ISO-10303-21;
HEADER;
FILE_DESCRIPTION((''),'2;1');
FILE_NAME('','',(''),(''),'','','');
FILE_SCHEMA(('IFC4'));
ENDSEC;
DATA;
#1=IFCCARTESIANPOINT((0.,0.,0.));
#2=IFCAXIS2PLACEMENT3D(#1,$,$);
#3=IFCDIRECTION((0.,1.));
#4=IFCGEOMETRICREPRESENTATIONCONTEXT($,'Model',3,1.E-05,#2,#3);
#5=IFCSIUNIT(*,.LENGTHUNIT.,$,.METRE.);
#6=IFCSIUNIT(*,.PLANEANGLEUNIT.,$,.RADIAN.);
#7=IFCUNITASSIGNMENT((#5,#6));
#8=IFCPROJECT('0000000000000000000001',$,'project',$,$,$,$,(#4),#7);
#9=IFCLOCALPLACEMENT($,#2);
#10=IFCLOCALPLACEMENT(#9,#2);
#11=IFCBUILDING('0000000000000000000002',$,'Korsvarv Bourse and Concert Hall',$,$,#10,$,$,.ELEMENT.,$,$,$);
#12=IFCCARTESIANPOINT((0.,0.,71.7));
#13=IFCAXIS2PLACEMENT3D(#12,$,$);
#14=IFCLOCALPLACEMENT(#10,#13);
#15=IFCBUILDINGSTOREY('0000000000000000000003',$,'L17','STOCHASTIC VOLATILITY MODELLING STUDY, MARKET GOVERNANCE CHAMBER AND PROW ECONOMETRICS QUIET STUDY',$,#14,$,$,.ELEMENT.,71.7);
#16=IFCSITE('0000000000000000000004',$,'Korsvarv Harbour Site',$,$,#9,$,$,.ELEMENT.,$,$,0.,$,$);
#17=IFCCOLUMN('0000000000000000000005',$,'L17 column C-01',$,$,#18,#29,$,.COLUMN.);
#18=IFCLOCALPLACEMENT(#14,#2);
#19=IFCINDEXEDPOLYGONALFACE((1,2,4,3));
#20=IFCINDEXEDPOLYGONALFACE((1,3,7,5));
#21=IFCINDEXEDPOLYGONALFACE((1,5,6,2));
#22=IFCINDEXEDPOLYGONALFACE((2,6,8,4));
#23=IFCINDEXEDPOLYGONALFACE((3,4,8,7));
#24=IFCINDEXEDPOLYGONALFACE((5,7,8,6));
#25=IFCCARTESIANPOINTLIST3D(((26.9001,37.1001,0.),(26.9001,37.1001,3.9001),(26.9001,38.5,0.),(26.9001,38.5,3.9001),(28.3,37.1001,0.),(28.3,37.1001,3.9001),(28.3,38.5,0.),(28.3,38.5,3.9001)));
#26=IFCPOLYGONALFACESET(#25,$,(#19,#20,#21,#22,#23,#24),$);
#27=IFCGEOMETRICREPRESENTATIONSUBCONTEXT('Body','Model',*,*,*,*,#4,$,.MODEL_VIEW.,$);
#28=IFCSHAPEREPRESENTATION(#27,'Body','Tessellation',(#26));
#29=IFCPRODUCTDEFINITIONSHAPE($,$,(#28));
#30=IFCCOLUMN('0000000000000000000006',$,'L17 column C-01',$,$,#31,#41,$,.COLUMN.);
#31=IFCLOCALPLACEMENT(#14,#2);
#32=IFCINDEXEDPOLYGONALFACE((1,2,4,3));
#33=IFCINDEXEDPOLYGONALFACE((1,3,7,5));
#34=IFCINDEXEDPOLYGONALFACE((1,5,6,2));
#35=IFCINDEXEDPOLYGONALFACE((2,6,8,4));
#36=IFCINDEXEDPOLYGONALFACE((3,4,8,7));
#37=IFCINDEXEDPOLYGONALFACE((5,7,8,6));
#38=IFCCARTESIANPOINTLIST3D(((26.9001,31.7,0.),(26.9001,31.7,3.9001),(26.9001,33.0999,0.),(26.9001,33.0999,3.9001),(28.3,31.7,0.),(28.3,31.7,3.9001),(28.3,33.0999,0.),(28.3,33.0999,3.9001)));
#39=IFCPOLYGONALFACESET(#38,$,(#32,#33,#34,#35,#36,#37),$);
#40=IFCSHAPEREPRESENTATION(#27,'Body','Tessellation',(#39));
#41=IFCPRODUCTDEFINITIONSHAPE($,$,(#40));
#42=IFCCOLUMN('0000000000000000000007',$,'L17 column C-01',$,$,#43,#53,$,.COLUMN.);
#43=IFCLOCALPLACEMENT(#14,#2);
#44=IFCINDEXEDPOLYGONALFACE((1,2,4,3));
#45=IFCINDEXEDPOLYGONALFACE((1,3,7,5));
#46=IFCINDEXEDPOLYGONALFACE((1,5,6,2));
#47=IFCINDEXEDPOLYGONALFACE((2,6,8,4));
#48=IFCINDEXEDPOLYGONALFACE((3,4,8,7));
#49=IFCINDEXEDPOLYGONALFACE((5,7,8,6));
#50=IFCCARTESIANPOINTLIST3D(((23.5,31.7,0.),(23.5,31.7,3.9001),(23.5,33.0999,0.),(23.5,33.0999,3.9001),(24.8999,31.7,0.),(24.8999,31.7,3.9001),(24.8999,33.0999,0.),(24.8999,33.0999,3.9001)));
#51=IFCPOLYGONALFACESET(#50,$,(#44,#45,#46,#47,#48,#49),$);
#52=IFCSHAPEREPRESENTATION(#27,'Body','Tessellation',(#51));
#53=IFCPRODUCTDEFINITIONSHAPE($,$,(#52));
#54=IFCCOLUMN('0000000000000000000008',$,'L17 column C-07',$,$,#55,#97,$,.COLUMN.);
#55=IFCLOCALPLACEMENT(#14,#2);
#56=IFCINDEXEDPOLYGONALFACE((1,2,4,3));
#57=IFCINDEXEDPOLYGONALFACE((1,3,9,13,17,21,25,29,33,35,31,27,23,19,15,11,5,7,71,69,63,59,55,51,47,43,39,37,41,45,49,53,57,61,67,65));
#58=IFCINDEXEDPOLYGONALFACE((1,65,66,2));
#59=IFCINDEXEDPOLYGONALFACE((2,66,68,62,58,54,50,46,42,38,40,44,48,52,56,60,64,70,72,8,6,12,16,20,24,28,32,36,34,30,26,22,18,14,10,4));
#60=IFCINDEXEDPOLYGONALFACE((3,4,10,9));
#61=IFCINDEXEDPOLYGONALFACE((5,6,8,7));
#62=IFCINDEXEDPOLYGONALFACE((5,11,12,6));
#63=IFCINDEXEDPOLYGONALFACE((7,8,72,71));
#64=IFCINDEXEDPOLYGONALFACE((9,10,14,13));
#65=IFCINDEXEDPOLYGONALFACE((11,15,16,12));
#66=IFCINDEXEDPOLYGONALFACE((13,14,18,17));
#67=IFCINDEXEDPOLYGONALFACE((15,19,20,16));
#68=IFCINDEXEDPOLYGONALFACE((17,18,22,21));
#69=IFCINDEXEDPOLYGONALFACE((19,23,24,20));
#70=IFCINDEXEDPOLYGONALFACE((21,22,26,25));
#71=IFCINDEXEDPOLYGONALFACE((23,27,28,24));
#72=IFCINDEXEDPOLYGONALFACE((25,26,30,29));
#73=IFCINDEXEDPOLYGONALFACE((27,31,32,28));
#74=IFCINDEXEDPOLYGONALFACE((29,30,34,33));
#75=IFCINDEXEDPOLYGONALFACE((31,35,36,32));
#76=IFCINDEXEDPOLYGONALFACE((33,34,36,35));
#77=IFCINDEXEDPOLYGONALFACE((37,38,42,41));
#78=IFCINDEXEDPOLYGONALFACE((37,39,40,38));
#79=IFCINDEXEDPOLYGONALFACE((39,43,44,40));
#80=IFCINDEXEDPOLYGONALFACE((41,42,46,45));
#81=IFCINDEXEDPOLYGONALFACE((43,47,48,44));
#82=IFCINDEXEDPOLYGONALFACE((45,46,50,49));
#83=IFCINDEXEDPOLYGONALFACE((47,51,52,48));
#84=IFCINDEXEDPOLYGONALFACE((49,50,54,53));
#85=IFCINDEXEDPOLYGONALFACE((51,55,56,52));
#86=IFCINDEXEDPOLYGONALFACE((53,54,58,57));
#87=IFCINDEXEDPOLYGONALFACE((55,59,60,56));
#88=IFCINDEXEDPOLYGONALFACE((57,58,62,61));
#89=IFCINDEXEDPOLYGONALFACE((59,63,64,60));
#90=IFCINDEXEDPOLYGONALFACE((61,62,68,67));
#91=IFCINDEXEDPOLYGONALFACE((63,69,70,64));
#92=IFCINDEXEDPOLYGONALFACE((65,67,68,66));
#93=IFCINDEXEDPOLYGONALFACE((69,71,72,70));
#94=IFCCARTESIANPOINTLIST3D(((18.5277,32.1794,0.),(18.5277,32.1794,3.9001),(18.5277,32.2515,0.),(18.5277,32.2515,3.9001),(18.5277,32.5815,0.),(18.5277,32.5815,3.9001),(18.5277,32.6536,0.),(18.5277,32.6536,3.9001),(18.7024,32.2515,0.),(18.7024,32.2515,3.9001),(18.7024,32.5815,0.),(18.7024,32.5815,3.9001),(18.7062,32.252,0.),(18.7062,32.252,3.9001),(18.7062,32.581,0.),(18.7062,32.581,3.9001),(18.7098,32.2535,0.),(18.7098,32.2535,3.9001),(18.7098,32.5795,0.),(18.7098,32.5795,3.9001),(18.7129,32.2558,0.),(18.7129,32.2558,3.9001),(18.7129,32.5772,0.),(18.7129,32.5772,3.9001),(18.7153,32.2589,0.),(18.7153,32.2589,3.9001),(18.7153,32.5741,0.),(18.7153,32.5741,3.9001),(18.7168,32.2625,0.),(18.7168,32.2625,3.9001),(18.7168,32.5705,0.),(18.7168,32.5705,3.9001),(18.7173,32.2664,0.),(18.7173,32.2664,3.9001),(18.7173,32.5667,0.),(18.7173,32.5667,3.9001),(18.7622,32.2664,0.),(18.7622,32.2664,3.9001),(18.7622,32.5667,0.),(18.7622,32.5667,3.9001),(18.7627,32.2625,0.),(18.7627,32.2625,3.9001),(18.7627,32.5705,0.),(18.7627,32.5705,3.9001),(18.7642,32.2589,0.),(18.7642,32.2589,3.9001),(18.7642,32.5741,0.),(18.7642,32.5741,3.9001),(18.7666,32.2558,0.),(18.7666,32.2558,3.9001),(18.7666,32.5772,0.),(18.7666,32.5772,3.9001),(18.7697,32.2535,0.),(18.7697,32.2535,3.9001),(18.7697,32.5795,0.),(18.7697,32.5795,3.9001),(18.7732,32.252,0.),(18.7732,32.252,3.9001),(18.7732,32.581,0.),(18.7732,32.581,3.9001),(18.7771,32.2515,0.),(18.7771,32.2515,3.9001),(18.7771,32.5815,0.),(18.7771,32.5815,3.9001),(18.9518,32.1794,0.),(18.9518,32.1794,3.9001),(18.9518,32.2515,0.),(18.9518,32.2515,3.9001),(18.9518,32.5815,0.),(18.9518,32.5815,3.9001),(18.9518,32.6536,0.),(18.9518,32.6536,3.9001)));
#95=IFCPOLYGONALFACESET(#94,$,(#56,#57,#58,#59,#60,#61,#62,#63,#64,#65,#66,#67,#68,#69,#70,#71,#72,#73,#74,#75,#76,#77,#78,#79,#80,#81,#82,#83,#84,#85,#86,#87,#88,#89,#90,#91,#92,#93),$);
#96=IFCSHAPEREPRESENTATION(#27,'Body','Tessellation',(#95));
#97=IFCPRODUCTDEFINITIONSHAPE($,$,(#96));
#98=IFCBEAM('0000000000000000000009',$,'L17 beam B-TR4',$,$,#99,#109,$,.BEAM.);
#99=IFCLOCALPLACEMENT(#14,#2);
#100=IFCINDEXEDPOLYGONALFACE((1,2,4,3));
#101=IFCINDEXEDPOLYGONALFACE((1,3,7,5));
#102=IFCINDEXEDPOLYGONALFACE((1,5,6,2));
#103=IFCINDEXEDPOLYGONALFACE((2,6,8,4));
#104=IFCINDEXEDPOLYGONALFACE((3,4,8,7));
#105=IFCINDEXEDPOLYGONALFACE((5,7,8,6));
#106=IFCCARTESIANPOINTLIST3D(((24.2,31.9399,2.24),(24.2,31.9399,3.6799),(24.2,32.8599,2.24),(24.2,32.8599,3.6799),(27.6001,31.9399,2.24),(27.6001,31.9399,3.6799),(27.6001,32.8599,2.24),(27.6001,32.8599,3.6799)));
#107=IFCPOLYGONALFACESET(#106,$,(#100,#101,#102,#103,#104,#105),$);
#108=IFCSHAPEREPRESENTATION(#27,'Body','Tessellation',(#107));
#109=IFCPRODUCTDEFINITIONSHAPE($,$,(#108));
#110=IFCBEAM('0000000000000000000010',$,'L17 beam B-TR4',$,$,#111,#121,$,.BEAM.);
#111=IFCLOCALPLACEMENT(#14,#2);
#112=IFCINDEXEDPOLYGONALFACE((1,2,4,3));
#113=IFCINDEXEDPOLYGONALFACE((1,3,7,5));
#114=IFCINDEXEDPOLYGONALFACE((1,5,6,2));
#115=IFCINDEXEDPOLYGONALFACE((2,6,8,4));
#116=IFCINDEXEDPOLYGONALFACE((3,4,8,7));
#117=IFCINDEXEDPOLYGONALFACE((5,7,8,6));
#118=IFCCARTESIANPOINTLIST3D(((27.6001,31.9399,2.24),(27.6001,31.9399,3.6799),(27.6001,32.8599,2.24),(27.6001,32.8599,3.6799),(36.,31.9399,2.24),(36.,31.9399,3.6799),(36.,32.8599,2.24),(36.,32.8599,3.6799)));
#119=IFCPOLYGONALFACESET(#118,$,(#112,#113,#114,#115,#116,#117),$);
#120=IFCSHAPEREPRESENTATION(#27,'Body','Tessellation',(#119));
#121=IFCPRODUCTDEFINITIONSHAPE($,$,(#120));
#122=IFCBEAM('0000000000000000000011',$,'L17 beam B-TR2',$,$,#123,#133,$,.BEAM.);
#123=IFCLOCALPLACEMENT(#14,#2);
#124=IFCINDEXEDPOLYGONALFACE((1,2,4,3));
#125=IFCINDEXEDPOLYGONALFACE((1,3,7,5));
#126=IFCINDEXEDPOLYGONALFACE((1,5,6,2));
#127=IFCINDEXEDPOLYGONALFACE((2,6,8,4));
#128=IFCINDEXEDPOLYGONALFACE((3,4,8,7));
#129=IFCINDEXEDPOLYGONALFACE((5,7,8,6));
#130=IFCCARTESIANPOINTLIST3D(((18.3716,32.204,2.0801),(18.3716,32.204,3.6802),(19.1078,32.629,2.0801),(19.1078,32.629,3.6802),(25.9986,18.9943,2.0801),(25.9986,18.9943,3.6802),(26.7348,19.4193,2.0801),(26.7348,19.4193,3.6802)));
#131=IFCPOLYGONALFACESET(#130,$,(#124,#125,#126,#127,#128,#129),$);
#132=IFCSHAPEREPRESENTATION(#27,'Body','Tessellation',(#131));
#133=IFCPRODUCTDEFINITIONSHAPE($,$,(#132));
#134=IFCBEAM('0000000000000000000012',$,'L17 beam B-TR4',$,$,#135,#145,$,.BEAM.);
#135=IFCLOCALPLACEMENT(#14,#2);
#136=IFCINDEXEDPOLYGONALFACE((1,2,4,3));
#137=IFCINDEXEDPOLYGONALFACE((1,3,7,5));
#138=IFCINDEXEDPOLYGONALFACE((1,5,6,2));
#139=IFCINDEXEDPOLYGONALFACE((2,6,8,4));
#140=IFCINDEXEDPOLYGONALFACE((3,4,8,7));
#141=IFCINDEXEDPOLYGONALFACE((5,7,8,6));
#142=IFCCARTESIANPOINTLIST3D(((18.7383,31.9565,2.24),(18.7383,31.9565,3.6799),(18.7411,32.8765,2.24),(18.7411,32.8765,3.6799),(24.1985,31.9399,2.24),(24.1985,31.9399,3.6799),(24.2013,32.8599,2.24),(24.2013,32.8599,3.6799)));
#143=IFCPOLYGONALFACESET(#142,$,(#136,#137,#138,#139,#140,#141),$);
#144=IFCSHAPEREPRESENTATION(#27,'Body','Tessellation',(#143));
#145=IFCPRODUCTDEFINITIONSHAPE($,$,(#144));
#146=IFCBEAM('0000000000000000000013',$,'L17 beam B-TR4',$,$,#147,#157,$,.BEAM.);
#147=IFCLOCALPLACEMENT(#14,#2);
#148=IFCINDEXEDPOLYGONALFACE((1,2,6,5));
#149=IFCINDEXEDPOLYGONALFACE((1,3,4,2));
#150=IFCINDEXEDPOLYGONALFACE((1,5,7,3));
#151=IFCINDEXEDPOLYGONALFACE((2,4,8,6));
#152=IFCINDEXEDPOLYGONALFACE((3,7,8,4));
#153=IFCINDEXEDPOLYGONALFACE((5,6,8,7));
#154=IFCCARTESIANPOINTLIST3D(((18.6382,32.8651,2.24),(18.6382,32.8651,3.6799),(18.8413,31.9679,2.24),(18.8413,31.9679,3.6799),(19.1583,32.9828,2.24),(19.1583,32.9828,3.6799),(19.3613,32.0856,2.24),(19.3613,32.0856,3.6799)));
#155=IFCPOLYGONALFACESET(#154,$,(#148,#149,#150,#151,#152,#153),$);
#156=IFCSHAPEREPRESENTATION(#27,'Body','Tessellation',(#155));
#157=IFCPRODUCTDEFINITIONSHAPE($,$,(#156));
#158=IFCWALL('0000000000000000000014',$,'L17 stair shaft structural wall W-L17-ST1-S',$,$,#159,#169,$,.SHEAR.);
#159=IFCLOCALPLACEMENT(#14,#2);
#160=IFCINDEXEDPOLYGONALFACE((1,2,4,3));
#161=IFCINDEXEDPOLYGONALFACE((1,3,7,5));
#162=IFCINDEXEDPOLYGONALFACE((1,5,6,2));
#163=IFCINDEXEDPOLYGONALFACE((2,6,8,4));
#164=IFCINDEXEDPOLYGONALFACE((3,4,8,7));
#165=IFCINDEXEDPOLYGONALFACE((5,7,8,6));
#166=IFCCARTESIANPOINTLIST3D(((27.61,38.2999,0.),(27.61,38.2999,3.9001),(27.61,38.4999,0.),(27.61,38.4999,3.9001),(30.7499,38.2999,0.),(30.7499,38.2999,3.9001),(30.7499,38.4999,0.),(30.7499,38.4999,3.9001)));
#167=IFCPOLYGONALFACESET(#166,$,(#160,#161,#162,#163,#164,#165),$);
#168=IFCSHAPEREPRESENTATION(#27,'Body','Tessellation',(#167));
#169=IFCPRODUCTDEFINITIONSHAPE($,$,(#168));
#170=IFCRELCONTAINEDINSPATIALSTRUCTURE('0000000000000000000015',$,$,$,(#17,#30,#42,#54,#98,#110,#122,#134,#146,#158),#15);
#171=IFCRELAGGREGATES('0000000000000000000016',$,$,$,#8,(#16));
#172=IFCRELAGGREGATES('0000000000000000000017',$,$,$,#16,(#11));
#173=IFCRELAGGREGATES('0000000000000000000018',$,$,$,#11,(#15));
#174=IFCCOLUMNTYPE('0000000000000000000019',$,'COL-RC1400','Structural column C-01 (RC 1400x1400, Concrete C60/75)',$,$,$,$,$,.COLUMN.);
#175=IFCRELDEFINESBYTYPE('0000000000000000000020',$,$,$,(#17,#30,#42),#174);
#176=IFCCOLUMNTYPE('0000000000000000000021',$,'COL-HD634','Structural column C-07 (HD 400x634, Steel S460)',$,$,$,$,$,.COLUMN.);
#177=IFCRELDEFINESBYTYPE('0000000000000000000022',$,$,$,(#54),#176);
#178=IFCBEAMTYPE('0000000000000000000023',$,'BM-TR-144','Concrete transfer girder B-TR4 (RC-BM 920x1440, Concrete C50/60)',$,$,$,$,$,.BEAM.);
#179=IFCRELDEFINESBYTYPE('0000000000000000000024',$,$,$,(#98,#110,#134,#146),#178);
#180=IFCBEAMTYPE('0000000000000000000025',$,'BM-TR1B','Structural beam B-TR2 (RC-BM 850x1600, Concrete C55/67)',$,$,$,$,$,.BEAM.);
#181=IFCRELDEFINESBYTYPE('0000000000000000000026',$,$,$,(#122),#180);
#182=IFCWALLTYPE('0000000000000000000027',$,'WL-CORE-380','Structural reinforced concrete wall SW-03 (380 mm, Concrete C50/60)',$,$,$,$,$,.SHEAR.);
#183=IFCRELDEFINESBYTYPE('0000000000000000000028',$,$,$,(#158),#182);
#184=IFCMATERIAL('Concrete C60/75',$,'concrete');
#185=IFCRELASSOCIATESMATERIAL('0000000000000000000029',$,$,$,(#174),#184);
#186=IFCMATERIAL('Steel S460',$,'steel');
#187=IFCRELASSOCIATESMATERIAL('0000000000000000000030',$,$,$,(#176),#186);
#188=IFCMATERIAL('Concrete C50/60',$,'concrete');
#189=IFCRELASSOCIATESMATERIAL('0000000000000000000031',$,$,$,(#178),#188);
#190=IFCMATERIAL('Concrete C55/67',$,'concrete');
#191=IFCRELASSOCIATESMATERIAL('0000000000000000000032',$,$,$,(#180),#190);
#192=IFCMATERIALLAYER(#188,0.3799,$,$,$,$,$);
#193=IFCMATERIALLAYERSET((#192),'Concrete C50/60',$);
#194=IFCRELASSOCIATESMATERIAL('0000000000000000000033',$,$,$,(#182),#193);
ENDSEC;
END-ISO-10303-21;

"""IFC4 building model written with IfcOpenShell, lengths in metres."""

from ifc_helpers import new_model, si_unit, direction, frame, frame_2d, origin, origin_2d, place, context, subcontext, project, spatial, rectangle, i_section, extrude, source, transform, mapped, material, layer, layer_set, material_profile, profile_set, type_object, element, save


model = new_model("IFC4")

# Units and contexts
model_context = context("Model", 3, precision=1e-05, world=origin(), true_north=direction((0.0, 1.0)))
body_context = subcontext(model_context, "Body", "Model", "MODEL_VIEW")
ifc_project = project(units=[si_unit("LENGTHUNIT", "METRE"), si_unit("PLANEANGLEUNIT", "RADIAN")], contexts=[model_context])

# Site, building, storey
site_placement = place(None, origin())
site = spatial("IfcSite", under=ifc_project, at=site_placement, Name="Korsvarv Harbour Site", CompositionType="ELEMENT", RefElevation=0.0)
building_placement = place(site_placement, origin())
building = spatial("IfcBuilding", under=site, at=building_placement, Name="Korsvarv Bourse and Concert Hall", CompositionType="ELEMENT")
storey_placement = place(building_placement, frame((0.0, 0.0, 71.7)))
storey = spatial("IfcBuildingStorey", under=building, at=storey_placement, Name="L17", Description="STOCHASTIC VOLATILITY MODELLING STUDY, MARKET GOVERNANCE CHAMBER AND PROW ECONOMETRICS QUIET STUDY", CompositionType="ELEMENT", Elevation=71.7)

# Columns
ifc_material_1 = material(Name="Concrete C60/75", Category="concrete")
ifc_material_profile_1 = material_profile(ifc_material_1, rectangle(XDim=1.3999, YDim=1.3999, at=origin_2d()), Name="RC 1400x1400")
ifc_profile_set_1 = profile_set([ifc_material_profile_1], Name="Concrete C60/75")
column_type_1 = type_object("IfcColumnType", Name="COL-RC1400", Description="Structural column C-01 (RC 1400x1400, Concrete C60/75)", PredefinedType="COLUMN", material=ifc_profile_set_1)
shared_shape_1 = source(origin(), body_context, "Body", "SweptSolid", [
    extrude(rectangle(XDim=1.3999, YDim=1.3999, at=origin_2d()), origin(), (0.0, 0.0, 1.0), 3.9001),
])
for number, where, z_axis, x_axis, name in (
    (1, (27.6001, 37.8, 0.0), (0.0, 0.0, 1.0), (1.0, 0.0, 0.0), "L17 column C-01"),
    (2, (27.6001, 32.3999, 0.0), (0.0, 0.0, 1.0), (1.0, 0.0, 0.0), "L17 column C-01"),
    (3, (24.2, 32.3999, 0.0), (0.0, 0.0, 1.0), (1.0, 0.0, 0.0), "L17 column C-01"),
):
    element("IfcColumn", number, at=place(storey_placement, frame(where, z_axis=z_axis, x_axis=x_axis)), inside=storey, type_object=column_type_1, Name=name, PredefinedType="COLUMN", context=body_context, shape_type="MappedRepresentation", body=[
        mapped(shared_shape_1, transform((0.0, 0.0, 0.0), scale=1.0)),
    ])
ifc_material_2 = material(Name="Steel S460", Category="steel")
ifc_material_profile_2 = material_profile(ifc_material_2, i_section(OverallWidth=0.4241, OverallDepth=0.4741, WebThickness=0.0449, FlangeThickness=0.072, FilletRadius=0.0149, at=origin_2d()), Name="HD 400x634")
ifc_profile_set_2 = profile_set([ifc_material_profile_2], Name="Steel S460")
column_type_2 = type_object("IfcColumnType", Name="COL-HD634", Description="Structural column C-07 (HD 400x634, Steel S460)", PredefinedType="COLUMN", material=ifc_profile_set_2)
shared_shape_2 = source(origin(), body_context, "Body", "SweptSolid", [
    extrude(i_section(OverallWidth=0.4241, OverallDepth=0.4741, WebThickness=0.0449, FlangeThickness=0.072, FilletRadius=0.0149, at=origin_2d()), origin(), (0.0, 0.0, 1.0), 3.9001),
])
column_placement = place(storey_placement, frame((18.7397, 32.4165, 0.0), z_axis=(0.0, 0.0, 1.0), x_axis=(1.0, 0.0, 0.0)))
element("IfcColumn", 4, at=column_placement, inside=storey, type_object=column_type_2, Name="L17 column C-07", PredefinedType="COLUMN", context=body_context, shape_type="MappedRepresentation", body=[
    mapped(shared_shape_2, transform((0.0, 0.0, 0.0), scale=1.0)),
])

# Beams
ifc_material_3 = material(Name="Concrete C50/60", Category="concrete")
ifc_material_profile_3 = material_profile(ifc_material_3, rectangle(XDim=0.9199, YDim=1.4399, at=origin_2d()), Name="RC-BM 920x1440")
ifc_profile_set_3 = profile_set([ifc_material_profile_3], Name="Concrete C50/60")
beam_type_1 = type_object("IfcBeamType", Name="BM-TR-144", Description="Concrete transfer girder B-TR4 (RC-BM 920x1440, Concrete C50/60)", PredefinedType="BEAM", material=ifc_profile_set_3)
shared_shape_3 = source(origin(), body_context, "Body", "SweptSolid", [
    extrude(rectangle(XDim=0.9199, YDim=1.4399, at=origin_2d()), origin(), (0.0, 0.0, 1.0), 3.4001),
])
beam_1_placement = place(storey_placement, frame((24.2, 32.3999, 2.96), z_axis=(1.0, 0.0, 0.0), x_axis=(0.0, 1.0, 0.0)))
element("IfcBeam", 5, at=beam_1_placement, inside=storey, type_object=beam_type_1, Name="L17 beam B-TR4", PredefinedType="BEAM", context=body_context, shape_type="MappedRepresentation", body=[
    mapped(shared_shape_3, transform((0.0, 0.0, 0.0), scale=1.0)),
])
shared_shape_4 = source(origin(), body_context, "Body", "SweptSolid", [
    extrude(rectangle(XDim=0.9199, YDim=1.4399, at=origin_2d()), origin(), (0.0, 0.0, 1.0), 8.3999),
])
beam_2_placement = place(storey_placement, frame((27.6001, 32.3999, 2.96), z_axis=(1.0, 0.0, 0.0), x_axis=(0.0, 1.0, 0.0)))
element("IfcBeam", 6, at=beam_2_placement, inside=storey, type_object=beam_type_1, Name="L17 beam B-TR4", PredefinedType="BEAM", context=body_context, shape_type="MappedRepresentation", body=[
    mapped(shared_shape_4, transform((0.0, 0.0, 0.0), scale=1.0)),
])
ifc_material_4 = material(Name="Concrete C55/67", Category="concrete")
ifc_material_profile_4 = material_profile(ifc_material_4, rectangle(XDim=0.8501, YDim=1.6001, at=origin_2d()), Name="RC-BM 850x1600")
ifc_profile_set_4 = profile_set([ifc_material_profile_4], Name="Concrete C55/67")
beam_type_2 = type_object("IfcBeamType", Name="BM-TR1B", Description="Structural beam B-TR2 (RC-BM 850x1600, Concrete C55/67)", PredefinedType="BEAM", material=ifc_profile_set_4)
shared_shape_5 = source(origin(), body_context, "Body", "SweptSolid", [
    extrude(rectangle(XDim=0.8501, YDim=1.6001, at=origin_2d()), origin(), (0.0, 0.0, 1.0), 15.2534),
])
beam_3_placement = place(storey_placement, frame((18.7397, 32.4165, 2.8801), z_axis=(0.500016, -0.866016, 0.0), x_axis=(0.866016, 0.500016, 0.0)))
element("IfcBeam", 7, at=beam_3_placement, inside=storey, type_object=beam_type_2, Name="L17 beam B-TR2", PredefinedType="BEAM", context=body_context, shape_type="MappedRepresentation", body=[
    mapped(shared_shape_5, transform((0.0, 0.0, 0.0), scale=1.0)),
])
shared_shape_6 = source(origin(), body_context, "Body", "SweptSolid", [
    extrude(rectangle(XDim=0.9199, YDim=1.4399, at=origin_2d()), origin(), (0.0, 0.0, 1.0), 5.4602),
])
beam_4_placement = place(storey_placement, frame((18.7397, 32.4165, 2.96), z_axis=(0.999995, -0.00304, 0.0), x_axis=(0.00304, 0.999995, 0.0)))
element("IfcBeam", 8, at=beam_4_placement, inside=storey, type_object=beam_type_1, Name="L17 beam B-TR4", PredefinedType="BEAM", context=body_context, shape_type="MappedRepresentation", body=[
    mapped(shared_shape_6, transform((0.0, 0.0, 0.0), scale=1.0)),
])
shared_shape_7 = source(origin(), body_context, "Body", "SweptSolid", [
    extrude(rectangle(XDim=0.9199, YDim=1.4399, at=origin_2d()), origin(), (0.0, 0.0, 1.0), 0.5332),
])
beam_5_placement = place(storey_placement, frame((18.7397, 32.4165, 2.96), z_axis=(0.975339, 0.220711, 0.0), x_axis=(-0.220711, 0.975339, 0.0)))
element("IfcBeam", 9, at=beam_5_placement, inside=storey, type_object=beam_type_1, Name="L17 beam B-TR4", PredefinedType="BEAM", context=body_context, shape_type="MappedRepresentation", body=[
    mapped(shared_shape_7, transform((0.0, 0.0, 0.0), scale=1.0)),
])

# Wall
ifc_layer_1 = layer(ifc_material_3, 0.3799)
ifc_layer_set_1 = layer_set([ifc_layer_1], Name="Concrete C50/60")
wall_type_1 = type_object("IfcWallType", Name="WL-CORE-380", Description="Structural reinforced concrete wall SW-03 (380 mm, Concrete C50/60)", PredefinedType="SHEAR", material=ifc_layer_set_1)
wall_1_placement = place(storey_placement, frame((27.6101, 38.3999, 0.0), z_axis=(0.0, 0.0, 1.0), x_axis=(1.0, 0.0, 0.0)))
element("IfcWall", 10, at=wall_1_placement, inside=storey, type_object=wall_type_1, Name="L17 stair shaft structural wall W-L17-ST1-S", PredefinedType="SHEAR", context=body_context, shape_type="SweptSolid", body=[
    extrude(rectangle(XDim=3.1399, YDim=0.2, at=frame_2d((1.5698, 0.0))), origin(), (0.0, 0.0, 1.0), 3.9001),
])

save(model, "model.ifc")
